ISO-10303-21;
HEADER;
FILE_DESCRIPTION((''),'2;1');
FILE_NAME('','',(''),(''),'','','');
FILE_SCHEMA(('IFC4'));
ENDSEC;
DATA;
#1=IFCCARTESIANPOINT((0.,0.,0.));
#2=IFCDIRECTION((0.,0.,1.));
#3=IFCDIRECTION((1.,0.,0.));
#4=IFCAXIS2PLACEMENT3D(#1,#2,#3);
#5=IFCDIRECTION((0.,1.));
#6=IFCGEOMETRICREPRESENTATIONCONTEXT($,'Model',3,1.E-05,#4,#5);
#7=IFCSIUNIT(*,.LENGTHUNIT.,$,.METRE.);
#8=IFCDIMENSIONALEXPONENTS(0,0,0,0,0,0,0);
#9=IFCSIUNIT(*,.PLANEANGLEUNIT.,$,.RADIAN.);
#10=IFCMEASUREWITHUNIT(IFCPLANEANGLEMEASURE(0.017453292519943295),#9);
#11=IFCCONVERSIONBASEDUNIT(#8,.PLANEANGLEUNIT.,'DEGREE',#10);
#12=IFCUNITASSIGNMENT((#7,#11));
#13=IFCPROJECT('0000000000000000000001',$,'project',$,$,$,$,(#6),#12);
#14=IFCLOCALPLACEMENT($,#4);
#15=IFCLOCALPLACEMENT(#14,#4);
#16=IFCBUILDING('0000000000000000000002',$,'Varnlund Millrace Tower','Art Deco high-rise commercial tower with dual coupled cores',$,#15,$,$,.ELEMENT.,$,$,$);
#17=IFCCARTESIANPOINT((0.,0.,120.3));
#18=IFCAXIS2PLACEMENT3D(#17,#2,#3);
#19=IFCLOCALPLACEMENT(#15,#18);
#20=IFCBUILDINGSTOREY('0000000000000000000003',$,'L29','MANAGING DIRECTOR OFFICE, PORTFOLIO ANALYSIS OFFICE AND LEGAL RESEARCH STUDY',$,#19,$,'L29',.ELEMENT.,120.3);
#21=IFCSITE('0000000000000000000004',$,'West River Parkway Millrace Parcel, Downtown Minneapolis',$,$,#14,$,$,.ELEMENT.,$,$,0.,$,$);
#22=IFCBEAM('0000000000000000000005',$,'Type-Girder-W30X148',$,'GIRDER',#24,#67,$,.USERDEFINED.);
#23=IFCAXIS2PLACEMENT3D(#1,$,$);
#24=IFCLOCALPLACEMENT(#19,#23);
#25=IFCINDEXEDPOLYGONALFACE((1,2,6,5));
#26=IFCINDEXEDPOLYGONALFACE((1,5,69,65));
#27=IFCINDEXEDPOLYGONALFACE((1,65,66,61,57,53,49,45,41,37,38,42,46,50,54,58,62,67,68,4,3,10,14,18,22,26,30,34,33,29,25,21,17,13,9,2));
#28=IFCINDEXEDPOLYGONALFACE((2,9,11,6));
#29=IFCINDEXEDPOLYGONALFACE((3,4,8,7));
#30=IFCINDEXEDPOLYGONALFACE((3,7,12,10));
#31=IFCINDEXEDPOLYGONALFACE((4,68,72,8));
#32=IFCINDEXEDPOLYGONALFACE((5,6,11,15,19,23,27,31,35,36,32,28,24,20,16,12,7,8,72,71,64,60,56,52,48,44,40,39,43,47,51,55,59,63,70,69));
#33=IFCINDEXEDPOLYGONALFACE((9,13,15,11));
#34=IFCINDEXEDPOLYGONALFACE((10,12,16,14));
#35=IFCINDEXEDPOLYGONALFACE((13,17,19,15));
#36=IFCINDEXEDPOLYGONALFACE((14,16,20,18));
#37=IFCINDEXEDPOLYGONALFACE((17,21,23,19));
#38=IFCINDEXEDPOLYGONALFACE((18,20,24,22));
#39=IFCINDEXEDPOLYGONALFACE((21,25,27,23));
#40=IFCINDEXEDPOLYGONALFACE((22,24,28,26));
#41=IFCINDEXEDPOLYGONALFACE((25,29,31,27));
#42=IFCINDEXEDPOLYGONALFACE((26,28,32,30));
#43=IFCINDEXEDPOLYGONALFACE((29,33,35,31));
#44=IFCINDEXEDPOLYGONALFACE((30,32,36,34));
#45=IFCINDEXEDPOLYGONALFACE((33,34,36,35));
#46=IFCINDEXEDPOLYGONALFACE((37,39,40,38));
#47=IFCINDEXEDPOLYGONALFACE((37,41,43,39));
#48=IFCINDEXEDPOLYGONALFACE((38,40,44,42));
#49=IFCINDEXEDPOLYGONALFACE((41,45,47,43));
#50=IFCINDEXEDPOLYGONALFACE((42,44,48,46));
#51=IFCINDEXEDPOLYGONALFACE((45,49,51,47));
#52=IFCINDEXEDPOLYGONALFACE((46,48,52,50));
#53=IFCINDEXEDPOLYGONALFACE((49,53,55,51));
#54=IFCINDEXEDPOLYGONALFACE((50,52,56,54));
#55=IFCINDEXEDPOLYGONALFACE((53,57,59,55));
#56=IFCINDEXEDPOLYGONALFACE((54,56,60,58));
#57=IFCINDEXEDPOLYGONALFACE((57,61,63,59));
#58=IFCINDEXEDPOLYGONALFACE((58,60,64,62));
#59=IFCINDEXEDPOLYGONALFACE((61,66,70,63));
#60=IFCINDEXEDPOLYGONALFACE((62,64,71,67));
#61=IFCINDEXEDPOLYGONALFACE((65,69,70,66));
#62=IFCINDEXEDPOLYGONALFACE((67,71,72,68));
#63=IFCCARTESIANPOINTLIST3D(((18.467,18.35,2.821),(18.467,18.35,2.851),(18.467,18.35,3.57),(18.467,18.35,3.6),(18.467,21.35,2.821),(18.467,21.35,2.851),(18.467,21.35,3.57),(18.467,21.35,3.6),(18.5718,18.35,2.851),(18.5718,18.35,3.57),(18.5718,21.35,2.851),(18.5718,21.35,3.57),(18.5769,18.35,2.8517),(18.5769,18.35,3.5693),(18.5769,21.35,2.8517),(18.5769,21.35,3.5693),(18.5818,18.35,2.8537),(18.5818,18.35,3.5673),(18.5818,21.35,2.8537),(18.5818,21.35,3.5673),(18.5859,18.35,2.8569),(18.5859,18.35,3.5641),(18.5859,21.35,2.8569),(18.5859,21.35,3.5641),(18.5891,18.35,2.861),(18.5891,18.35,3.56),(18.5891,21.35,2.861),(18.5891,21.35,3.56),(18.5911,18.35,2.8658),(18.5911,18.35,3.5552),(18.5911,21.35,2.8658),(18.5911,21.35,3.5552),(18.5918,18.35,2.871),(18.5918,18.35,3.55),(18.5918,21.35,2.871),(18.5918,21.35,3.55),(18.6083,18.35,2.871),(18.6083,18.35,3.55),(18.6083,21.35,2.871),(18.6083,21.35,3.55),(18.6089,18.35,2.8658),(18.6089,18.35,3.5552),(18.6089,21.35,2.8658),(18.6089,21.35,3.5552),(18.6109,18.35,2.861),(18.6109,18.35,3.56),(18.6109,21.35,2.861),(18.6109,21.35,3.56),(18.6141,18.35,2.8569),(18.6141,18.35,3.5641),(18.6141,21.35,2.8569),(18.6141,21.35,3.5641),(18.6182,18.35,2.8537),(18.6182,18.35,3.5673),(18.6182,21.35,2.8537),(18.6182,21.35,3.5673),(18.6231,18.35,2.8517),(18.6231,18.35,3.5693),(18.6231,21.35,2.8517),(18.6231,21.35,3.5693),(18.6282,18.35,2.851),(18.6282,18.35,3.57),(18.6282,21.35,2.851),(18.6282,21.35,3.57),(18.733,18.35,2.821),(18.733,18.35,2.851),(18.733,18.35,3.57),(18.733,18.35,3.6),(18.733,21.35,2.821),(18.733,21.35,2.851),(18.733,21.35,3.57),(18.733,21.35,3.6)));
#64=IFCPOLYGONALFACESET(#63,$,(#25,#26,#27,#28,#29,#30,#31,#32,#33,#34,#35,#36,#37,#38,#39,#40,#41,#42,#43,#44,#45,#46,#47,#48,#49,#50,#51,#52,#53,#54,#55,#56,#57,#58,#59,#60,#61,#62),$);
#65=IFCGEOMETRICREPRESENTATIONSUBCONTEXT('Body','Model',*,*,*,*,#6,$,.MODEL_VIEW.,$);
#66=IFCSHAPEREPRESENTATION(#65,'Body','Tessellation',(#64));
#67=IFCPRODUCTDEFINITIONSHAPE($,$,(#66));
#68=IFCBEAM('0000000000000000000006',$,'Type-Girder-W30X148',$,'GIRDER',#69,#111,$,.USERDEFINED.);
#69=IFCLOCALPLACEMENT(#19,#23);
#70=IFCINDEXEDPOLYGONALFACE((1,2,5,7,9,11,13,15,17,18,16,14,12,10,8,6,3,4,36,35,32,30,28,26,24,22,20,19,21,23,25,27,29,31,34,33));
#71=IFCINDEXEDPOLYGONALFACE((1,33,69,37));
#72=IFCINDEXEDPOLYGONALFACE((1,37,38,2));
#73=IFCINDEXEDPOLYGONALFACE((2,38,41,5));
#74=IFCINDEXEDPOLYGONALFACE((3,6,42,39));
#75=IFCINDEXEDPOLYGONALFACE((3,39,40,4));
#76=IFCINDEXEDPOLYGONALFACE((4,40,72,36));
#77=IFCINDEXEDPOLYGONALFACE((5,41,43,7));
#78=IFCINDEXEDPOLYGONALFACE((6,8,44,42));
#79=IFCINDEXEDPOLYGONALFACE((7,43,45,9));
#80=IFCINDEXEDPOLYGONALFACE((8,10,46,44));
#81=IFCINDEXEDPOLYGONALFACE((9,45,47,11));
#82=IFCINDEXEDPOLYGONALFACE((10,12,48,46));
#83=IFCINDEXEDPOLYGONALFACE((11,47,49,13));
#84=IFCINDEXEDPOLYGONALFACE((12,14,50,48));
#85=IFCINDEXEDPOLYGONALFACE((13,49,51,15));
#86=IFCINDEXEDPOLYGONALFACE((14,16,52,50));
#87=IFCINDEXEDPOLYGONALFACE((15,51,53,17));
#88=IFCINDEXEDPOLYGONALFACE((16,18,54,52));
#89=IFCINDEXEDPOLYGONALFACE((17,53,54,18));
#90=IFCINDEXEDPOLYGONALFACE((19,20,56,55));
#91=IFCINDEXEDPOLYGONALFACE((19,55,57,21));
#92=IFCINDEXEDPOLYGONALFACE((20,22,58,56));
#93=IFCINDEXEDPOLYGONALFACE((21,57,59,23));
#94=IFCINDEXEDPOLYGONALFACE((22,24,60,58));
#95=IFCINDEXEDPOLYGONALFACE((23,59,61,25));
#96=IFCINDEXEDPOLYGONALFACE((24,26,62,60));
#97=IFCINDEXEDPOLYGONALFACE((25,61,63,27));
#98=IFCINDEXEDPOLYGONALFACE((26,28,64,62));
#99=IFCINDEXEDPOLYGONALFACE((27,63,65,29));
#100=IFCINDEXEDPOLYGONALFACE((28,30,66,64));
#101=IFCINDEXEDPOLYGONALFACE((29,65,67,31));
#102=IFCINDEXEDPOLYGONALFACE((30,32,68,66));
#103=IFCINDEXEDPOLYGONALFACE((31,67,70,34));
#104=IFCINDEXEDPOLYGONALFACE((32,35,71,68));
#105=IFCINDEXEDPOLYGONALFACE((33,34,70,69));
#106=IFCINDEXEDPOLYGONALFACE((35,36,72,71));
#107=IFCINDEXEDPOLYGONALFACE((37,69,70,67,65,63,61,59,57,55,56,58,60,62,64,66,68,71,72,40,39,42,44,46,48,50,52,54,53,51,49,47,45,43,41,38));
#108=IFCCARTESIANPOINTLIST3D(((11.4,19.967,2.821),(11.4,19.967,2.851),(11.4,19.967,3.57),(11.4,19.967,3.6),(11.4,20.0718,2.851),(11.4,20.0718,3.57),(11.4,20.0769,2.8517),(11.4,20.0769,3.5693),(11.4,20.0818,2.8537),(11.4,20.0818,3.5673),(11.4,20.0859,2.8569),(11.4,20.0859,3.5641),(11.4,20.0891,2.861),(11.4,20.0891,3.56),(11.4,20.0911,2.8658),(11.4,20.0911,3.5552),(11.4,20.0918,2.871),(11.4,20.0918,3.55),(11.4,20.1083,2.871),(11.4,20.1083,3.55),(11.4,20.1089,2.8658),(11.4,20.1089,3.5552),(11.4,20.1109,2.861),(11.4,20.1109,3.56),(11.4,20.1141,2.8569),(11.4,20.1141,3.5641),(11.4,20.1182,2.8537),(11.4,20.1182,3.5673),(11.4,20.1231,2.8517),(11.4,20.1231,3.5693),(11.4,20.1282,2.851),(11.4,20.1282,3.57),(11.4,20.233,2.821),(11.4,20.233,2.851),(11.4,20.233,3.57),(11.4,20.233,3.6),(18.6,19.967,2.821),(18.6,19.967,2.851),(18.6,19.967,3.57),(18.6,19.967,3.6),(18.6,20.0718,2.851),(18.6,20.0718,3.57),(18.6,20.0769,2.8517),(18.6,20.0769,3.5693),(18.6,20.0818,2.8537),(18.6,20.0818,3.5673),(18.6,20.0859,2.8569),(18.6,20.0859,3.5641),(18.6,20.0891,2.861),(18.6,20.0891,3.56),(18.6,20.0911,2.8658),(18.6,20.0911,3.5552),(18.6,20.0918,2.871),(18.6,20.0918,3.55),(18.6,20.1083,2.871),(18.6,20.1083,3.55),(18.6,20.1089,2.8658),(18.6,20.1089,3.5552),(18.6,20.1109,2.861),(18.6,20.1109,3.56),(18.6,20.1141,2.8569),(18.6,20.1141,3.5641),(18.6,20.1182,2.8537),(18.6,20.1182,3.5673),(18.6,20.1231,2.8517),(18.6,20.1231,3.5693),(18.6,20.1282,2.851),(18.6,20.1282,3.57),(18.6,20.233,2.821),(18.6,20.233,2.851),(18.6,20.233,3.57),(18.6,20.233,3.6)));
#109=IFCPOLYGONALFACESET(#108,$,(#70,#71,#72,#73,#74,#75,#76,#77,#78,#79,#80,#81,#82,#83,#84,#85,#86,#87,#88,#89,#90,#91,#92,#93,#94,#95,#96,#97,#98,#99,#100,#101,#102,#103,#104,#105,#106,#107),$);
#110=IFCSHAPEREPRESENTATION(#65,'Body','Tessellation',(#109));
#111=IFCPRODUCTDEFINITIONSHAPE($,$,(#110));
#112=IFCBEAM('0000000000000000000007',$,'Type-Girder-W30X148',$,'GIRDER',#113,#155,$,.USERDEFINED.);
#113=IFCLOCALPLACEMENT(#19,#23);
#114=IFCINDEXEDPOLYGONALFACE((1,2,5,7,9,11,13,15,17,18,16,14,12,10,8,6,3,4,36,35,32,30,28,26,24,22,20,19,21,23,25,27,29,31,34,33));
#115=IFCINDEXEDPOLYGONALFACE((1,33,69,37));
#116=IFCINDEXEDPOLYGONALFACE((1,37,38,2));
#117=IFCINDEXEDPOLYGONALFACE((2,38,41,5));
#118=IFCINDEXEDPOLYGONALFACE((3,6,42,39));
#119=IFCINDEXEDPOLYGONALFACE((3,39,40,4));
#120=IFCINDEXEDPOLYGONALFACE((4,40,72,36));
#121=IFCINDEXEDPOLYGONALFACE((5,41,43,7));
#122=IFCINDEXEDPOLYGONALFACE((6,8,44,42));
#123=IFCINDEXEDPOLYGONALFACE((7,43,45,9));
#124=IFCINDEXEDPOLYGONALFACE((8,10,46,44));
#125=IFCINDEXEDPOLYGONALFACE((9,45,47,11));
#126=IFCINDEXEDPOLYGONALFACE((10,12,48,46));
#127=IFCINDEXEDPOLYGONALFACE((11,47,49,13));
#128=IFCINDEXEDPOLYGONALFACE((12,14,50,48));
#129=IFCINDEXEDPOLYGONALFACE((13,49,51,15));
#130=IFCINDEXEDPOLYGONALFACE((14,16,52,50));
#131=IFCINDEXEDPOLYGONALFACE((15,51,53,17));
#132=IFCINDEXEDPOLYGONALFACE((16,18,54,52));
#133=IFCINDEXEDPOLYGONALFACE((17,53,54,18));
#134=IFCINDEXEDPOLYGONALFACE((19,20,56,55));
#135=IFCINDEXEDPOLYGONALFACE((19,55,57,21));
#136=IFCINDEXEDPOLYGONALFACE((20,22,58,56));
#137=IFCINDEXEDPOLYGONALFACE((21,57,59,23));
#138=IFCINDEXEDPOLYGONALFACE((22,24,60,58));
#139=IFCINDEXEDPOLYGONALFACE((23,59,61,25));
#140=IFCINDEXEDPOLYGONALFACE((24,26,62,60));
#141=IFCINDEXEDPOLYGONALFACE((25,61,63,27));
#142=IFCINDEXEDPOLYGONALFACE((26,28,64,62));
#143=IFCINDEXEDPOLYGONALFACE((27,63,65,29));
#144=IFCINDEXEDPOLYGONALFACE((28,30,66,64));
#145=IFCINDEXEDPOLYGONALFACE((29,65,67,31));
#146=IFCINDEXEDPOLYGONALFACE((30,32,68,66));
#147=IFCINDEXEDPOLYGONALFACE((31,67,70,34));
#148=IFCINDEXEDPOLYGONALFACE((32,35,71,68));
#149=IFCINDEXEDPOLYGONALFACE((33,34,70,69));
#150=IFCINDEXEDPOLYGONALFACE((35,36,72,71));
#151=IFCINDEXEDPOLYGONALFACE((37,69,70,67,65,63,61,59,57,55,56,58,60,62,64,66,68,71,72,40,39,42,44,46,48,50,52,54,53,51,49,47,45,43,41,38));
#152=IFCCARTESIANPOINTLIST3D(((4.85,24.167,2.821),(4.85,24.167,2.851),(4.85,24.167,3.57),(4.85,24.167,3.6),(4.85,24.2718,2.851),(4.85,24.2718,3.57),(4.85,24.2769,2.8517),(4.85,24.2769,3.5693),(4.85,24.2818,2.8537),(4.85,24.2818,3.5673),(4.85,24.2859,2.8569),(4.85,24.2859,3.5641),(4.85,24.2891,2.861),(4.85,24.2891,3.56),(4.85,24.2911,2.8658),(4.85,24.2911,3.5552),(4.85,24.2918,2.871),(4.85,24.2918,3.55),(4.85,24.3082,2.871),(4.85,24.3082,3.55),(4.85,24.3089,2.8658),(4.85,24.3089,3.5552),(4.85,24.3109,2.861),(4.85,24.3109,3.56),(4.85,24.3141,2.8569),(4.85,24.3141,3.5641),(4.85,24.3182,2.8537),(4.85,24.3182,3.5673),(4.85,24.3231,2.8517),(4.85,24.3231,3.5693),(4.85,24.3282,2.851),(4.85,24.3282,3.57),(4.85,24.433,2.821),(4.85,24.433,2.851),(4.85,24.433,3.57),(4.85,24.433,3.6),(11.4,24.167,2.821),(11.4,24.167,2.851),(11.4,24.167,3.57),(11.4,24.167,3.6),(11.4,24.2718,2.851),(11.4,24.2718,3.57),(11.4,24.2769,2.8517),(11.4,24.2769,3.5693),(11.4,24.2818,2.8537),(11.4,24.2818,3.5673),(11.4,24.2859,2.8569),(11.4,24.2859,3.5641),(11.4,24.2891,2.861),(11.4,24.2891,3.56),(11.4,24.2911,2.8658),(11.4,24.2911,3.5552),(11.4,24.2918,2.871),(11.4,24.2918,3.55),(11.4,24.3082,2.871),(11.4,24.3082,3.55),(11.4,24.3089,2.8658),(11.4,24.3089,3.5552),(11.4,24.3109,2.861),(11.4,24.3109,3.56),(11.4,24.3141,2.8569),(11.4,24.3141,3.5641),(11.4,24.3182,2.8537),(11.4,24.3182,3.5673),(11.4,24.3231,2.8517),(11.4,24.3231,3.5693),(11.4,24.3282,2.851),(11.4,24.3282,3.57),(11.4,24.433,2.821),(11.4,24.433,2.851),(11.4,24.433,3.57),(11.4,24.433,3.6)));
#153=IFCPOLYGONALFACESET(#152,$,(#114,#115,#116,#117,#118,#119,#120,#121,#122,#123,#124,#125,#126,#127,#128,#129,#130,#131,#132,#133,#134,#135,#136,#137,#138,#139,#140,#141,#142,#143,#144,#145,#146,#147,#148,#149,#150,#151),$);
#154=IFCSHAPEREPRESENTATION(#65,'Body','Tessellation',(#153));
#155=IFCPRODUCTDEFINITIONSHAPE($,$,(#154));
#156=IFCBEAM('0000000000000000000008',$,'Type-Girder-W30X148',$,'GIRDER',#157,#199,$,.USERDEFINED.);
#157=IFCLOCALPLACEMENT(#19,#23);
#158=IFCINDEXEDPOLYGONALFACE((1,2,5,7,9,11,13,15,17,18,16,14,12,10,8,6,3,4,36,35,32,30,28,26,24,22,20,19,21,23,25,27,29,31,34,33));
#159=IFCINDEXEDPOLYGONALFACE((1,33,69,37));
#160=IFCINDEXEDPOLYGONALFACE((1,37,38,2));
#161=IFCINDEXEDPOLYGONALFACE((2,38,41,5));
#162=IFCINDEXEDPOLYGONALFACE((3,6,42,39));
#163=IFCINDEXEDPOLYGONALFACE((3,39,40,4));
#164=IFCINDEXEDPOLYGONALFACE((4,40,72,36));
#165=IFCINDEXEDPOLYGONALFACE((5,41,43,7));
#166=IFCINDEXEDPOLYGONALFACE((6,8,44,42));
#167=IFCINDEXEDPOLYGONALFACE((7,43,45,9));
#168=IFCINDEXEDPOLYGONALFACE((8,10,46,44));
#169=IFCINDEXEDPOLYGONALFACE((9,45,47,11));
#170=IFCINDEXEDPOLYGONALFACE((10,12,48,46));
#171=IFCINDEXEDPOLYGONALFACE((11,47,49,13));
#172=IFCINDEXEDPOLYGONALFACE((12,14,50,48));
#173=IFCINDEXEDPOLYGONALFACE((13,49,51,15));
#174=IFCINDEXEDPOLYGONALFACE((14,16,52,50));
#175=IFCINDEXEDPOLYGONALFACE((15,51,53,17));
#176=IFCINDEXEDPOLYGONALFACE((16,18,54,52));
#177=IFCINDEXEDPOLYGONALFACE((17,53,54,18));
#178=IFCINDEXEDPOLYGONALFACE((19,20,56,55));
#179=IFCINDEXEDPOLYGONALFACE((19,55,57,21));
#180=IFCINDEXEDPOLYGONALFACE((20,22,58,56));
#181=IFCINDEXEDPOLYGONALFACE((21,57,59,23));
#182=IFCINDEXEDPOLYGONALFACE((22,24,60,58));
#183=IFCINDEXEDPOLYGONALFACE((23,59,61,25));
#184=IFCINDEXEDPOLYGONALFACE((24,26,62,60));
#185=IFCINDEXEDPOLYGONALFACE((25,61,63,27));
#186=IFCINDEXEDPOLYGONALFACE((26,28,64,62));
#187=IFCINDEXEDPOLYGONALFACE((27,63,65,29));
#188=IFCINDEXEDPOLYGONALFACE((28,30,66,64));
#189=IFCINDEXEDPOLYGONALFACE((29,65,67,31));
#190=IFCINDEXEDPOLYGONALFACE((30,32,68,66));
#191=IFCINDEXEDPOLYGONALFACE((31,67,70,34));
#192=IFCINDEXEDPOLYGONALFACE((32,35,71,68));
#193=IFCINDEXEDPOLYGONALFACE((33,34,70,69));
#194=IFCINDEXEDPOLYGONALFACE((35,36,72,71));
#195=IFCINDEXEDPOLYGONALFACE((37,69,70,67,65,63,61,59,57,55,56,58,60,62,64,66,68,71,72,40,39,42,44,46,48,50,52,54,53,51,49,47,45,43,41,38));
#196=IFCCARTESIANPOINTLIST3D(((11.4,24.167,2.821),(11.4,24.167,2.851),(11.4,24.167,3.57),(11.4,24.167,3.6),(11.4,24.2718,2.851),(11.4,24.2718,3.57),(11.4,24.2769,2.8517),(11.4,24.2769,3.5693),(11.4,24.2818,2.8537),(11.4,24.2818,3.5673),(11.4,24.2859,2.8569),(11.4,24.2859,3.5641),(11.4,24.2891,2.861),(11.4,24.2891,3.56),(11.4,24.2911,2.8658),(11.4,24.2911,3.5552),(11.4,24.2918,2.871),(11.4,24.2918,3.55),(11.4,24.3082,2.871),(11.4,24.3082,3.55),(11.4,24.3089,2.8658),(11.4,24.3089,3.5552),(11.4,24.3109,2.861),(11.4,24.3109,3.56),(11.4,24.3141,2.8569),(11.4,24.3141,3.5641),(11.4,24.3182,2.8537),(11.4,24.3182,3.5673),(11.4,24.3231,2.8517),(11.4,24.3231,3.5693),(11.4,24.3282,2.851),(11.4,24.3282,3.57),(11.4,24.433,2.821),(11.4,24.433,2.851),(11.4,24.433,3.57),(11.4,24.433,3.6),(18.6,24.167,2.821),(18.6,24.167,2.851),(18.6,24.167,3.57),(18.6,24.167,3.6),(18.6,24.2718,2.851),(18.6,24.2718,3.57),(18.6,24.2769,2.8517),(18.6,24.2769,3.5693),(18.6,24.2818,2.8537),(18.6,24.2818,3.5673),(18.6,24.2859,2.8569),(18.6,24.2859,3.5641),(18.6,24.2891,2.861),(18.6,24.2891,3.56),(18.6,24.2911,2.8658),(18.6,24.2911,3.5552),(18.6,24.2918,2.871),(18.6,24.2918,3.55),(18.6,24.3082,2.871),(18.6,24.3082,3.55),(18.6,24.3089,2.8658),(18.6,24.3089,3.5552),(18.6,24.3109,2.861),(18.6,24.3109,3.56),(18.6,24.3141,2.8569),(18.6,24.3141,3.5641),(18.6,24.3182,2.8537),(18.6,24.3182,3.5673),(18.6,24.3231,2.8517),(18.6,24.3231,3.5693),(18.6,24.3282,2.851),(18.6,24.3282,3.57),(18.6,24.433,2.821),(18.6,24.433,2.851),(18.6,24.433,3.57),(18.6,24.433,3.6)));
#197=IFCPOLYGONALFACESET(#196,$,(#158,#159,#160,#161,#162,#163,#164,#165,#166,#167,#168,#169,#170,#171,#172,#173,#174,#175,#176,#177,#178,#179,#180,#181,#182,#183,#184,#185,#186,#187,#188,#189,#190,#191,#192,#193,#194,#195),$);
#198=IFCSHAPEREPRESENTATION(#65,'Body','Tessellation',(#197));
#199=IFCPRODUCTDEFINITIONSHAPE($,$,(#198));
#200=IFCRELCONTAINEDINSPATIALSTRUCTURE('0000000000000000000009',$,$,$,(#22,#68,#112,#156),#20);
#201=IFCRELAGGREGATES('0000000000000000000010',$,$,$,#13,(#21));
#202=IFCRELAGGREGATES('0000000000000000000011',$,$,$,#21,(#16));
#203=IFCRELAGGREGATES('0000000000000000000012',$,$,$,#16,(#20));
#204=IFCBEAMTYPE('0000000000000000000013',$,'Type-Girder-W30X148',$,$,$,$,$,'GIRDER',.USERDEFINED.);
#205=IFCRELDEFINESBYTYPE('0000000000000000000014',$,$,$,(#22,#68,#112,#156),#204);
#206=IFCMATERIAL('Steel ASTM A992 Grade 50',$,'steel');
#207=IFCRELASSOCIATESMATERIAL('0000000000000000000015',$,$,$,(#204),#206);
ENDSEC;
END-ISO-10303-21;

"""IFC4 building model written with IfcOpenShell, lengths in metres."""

from ifc_helpers import new_model, entity, si_unit, converted_unit, direction, frame, origin_with_axes, origin_2d_with_axis, place, context, subcontext, project, spatial, i_section, extrude, material, material_profile, profile_set, type_object, element, save


model = new_model("IFC4")

# Units and contexts
model_context = context("Model", 3, precision=1e-05, world=origin_with_axes(), true_north=direction((0.0, 1.0)))
body_context = subcontext(model_context, "Body", "Model", "MODEL_VIEW")
ifc_project = project(units=[si_unit("LENGTHUNIT", "METRE"), converted_unit("PLANEANGLEUNIT", "DEGREE", entity("IfcPlaneAngleMeasure", 0.017453292519943295), si_unit("PLANEANGLEUNIT", "RADIAN"), dimensions=[0, 0, 0, 0, 0, 0, 0])], contexts=[model_context])

# Site, building, storey
site_placement = place(None, origin_with_axes())
site = spatial("IfcSite", under=ifc_project, at=site_placement, Name="West River Parkway Millrace Parcel, Downtown Minneapolis", CompositionType="ELEMENT", RefElevation=0.0)
building_placement = place(site_placement, origin_with_axes())
building = spatial("IfcBuilding", under=site, at=building_placement, Name="Varnlund Millrace Tower", Description="Art Deco high-rise commercial tower with dual coupled cores", CompositionType="ELEMENT")
storey_placement = place(building_placement, frame((0.0, 0.0, 120.3), z_axis=(0.0, 0.0, 1.0), x_axis=(1.0, 0.0, 0.0)))
storey = spatial("IfcBuildingStorey", under=building, at=storey_placement, Name="L29", Description="MANAGING DIRECTOR OFFICE, PORTFOLIO ANALYSIS OFFICE AND LEGAL RESEARCH STUDY", LongName="L29", CompositionType="ELEMENT", Elevation=120.3)

# Beams
ifc_material_1 = material(Name="Steel ASTM A992 Grade 50", Category="steel")
ifc_material_profile_1 = material_profile(ifc_material_1, i_section(OverallWidth=0.266, OverallDepth=0.779, WebThickness=0.0165, FlangeThickness=0.03, FilletRadius=0.02, at=origin_2d_with_axis()), Name="Steel ASTM A992 Grade 50")
ifc_profile_set_1 = profile_set([ifc_material_profile_1], Name="Steel ASTM A992 Grade 50")
beam_type_1 = type_object("IfcBeamType", Name="Type-Girder-W30X148", ElementType="GIRDER", PredefinedType="USERDEFINED", material=ifc_profile_set_1)
beam_1_placement = place(storey_placement, frame((18.6, 18.35, 3.2105), z_axis=(0.0, 1.0, 0.0), x_axis=(-1.0, 0.0, 0.0)))
element("IfcBeam", 1, at=beam_1_placement, inside=storey, type_object=beam_type_1, Name="Type-Girder-W30X148", ObjectType="GIRDER", PredefinedType="USERDEFINED", context=body_context, shape_type="SweptSolid", body=[
    extrude(i_section(OverallWidth=0.266, OverallDepth=0.779, WebThickness=0.0165, FlangeThickness=0.03, FilletRadius=0.02, at=origin_2d_with_axis()), origin_with_axes(), (0.0, 0.0, 1.0), 3.0),
])
beam_2_placement = place(storey_placement, frame((11.4, 20.1, 3.2105), z_axis=(1.0, 0.0, 0.0), x_axis=(0.0, 1.0, 0.0)))
element("IfcBeam", 2, at=beam_2_placement, inside=storey, type_object=beam_type_1, Name="Type-Girder-W30X148", ObjectType="GIRDER", PredefinedType="USERDEFINED", context=body_context, shape_type="SweptSolid", body=[
    extrude(i_section(OverallWidth=0.266, OverallDepth=0.779, WebThickness=0.0165, FlangeThickness=0.03, FilletRadius=0.02, at=origin_2d_with_axis()), origin_with_axes(), (0.0, 0.0, 1.0), 7.2),
])
beam_3_placement = place(storey_placement, frame((4.85, 24.3, 3.2105), z_axis=(1.0, 0.0, 0.0), x_axis=(0.0, 1.0, 0.0)))
element("IfcBeam", 3, at=beam_3_placement, inside=storey, type_object=beam_type_1, Name="Type-Girder-W30X148", ObjectType="GIRDER", PredefinedType="USERDEFINED", context=body_context, shape_type="SweptSolid", body=[
    extrude(i_section(OverallWidth=0.266, OverallDepth=0.779, WebThickness=0.0165, FlangeThickness=0.03, FilletRadius=0.02, at=origin_2d_with_axis()), origin_with_axes(), (0.0, 0.0, 1.0), 6.55),
])
for number, where, z_axis, x_axis, name in (
    (4, (11.4, 24.3, 3.2105), (1.0, 0.0, 0.0), (0.0, 1.0, 0.0), "Type-Girder-W30X148"),
):
    element("IfcBeam", number, at=place(storey_placement, frame(where, z_axis=z_axis, x_axis=x_axis)), inside=storey, type_object=beam_type_1, Name=name, ObjectType="GIRDER", PredefinedType="USERDEFINED", context=body_context, shape_type="SweptSolid", body=[
        extrude(i_section(OverallWidth=0.266, OverallDepth=0.779, WebThickness=0.0165, FlangeThickness=0.03, FilletRadius=0.02, at=origin_2d_with_axis()), origin_with_axes(), (0.0, 0.0, 1.0), 7.2),
    ])

save(model, "model.ifc")
